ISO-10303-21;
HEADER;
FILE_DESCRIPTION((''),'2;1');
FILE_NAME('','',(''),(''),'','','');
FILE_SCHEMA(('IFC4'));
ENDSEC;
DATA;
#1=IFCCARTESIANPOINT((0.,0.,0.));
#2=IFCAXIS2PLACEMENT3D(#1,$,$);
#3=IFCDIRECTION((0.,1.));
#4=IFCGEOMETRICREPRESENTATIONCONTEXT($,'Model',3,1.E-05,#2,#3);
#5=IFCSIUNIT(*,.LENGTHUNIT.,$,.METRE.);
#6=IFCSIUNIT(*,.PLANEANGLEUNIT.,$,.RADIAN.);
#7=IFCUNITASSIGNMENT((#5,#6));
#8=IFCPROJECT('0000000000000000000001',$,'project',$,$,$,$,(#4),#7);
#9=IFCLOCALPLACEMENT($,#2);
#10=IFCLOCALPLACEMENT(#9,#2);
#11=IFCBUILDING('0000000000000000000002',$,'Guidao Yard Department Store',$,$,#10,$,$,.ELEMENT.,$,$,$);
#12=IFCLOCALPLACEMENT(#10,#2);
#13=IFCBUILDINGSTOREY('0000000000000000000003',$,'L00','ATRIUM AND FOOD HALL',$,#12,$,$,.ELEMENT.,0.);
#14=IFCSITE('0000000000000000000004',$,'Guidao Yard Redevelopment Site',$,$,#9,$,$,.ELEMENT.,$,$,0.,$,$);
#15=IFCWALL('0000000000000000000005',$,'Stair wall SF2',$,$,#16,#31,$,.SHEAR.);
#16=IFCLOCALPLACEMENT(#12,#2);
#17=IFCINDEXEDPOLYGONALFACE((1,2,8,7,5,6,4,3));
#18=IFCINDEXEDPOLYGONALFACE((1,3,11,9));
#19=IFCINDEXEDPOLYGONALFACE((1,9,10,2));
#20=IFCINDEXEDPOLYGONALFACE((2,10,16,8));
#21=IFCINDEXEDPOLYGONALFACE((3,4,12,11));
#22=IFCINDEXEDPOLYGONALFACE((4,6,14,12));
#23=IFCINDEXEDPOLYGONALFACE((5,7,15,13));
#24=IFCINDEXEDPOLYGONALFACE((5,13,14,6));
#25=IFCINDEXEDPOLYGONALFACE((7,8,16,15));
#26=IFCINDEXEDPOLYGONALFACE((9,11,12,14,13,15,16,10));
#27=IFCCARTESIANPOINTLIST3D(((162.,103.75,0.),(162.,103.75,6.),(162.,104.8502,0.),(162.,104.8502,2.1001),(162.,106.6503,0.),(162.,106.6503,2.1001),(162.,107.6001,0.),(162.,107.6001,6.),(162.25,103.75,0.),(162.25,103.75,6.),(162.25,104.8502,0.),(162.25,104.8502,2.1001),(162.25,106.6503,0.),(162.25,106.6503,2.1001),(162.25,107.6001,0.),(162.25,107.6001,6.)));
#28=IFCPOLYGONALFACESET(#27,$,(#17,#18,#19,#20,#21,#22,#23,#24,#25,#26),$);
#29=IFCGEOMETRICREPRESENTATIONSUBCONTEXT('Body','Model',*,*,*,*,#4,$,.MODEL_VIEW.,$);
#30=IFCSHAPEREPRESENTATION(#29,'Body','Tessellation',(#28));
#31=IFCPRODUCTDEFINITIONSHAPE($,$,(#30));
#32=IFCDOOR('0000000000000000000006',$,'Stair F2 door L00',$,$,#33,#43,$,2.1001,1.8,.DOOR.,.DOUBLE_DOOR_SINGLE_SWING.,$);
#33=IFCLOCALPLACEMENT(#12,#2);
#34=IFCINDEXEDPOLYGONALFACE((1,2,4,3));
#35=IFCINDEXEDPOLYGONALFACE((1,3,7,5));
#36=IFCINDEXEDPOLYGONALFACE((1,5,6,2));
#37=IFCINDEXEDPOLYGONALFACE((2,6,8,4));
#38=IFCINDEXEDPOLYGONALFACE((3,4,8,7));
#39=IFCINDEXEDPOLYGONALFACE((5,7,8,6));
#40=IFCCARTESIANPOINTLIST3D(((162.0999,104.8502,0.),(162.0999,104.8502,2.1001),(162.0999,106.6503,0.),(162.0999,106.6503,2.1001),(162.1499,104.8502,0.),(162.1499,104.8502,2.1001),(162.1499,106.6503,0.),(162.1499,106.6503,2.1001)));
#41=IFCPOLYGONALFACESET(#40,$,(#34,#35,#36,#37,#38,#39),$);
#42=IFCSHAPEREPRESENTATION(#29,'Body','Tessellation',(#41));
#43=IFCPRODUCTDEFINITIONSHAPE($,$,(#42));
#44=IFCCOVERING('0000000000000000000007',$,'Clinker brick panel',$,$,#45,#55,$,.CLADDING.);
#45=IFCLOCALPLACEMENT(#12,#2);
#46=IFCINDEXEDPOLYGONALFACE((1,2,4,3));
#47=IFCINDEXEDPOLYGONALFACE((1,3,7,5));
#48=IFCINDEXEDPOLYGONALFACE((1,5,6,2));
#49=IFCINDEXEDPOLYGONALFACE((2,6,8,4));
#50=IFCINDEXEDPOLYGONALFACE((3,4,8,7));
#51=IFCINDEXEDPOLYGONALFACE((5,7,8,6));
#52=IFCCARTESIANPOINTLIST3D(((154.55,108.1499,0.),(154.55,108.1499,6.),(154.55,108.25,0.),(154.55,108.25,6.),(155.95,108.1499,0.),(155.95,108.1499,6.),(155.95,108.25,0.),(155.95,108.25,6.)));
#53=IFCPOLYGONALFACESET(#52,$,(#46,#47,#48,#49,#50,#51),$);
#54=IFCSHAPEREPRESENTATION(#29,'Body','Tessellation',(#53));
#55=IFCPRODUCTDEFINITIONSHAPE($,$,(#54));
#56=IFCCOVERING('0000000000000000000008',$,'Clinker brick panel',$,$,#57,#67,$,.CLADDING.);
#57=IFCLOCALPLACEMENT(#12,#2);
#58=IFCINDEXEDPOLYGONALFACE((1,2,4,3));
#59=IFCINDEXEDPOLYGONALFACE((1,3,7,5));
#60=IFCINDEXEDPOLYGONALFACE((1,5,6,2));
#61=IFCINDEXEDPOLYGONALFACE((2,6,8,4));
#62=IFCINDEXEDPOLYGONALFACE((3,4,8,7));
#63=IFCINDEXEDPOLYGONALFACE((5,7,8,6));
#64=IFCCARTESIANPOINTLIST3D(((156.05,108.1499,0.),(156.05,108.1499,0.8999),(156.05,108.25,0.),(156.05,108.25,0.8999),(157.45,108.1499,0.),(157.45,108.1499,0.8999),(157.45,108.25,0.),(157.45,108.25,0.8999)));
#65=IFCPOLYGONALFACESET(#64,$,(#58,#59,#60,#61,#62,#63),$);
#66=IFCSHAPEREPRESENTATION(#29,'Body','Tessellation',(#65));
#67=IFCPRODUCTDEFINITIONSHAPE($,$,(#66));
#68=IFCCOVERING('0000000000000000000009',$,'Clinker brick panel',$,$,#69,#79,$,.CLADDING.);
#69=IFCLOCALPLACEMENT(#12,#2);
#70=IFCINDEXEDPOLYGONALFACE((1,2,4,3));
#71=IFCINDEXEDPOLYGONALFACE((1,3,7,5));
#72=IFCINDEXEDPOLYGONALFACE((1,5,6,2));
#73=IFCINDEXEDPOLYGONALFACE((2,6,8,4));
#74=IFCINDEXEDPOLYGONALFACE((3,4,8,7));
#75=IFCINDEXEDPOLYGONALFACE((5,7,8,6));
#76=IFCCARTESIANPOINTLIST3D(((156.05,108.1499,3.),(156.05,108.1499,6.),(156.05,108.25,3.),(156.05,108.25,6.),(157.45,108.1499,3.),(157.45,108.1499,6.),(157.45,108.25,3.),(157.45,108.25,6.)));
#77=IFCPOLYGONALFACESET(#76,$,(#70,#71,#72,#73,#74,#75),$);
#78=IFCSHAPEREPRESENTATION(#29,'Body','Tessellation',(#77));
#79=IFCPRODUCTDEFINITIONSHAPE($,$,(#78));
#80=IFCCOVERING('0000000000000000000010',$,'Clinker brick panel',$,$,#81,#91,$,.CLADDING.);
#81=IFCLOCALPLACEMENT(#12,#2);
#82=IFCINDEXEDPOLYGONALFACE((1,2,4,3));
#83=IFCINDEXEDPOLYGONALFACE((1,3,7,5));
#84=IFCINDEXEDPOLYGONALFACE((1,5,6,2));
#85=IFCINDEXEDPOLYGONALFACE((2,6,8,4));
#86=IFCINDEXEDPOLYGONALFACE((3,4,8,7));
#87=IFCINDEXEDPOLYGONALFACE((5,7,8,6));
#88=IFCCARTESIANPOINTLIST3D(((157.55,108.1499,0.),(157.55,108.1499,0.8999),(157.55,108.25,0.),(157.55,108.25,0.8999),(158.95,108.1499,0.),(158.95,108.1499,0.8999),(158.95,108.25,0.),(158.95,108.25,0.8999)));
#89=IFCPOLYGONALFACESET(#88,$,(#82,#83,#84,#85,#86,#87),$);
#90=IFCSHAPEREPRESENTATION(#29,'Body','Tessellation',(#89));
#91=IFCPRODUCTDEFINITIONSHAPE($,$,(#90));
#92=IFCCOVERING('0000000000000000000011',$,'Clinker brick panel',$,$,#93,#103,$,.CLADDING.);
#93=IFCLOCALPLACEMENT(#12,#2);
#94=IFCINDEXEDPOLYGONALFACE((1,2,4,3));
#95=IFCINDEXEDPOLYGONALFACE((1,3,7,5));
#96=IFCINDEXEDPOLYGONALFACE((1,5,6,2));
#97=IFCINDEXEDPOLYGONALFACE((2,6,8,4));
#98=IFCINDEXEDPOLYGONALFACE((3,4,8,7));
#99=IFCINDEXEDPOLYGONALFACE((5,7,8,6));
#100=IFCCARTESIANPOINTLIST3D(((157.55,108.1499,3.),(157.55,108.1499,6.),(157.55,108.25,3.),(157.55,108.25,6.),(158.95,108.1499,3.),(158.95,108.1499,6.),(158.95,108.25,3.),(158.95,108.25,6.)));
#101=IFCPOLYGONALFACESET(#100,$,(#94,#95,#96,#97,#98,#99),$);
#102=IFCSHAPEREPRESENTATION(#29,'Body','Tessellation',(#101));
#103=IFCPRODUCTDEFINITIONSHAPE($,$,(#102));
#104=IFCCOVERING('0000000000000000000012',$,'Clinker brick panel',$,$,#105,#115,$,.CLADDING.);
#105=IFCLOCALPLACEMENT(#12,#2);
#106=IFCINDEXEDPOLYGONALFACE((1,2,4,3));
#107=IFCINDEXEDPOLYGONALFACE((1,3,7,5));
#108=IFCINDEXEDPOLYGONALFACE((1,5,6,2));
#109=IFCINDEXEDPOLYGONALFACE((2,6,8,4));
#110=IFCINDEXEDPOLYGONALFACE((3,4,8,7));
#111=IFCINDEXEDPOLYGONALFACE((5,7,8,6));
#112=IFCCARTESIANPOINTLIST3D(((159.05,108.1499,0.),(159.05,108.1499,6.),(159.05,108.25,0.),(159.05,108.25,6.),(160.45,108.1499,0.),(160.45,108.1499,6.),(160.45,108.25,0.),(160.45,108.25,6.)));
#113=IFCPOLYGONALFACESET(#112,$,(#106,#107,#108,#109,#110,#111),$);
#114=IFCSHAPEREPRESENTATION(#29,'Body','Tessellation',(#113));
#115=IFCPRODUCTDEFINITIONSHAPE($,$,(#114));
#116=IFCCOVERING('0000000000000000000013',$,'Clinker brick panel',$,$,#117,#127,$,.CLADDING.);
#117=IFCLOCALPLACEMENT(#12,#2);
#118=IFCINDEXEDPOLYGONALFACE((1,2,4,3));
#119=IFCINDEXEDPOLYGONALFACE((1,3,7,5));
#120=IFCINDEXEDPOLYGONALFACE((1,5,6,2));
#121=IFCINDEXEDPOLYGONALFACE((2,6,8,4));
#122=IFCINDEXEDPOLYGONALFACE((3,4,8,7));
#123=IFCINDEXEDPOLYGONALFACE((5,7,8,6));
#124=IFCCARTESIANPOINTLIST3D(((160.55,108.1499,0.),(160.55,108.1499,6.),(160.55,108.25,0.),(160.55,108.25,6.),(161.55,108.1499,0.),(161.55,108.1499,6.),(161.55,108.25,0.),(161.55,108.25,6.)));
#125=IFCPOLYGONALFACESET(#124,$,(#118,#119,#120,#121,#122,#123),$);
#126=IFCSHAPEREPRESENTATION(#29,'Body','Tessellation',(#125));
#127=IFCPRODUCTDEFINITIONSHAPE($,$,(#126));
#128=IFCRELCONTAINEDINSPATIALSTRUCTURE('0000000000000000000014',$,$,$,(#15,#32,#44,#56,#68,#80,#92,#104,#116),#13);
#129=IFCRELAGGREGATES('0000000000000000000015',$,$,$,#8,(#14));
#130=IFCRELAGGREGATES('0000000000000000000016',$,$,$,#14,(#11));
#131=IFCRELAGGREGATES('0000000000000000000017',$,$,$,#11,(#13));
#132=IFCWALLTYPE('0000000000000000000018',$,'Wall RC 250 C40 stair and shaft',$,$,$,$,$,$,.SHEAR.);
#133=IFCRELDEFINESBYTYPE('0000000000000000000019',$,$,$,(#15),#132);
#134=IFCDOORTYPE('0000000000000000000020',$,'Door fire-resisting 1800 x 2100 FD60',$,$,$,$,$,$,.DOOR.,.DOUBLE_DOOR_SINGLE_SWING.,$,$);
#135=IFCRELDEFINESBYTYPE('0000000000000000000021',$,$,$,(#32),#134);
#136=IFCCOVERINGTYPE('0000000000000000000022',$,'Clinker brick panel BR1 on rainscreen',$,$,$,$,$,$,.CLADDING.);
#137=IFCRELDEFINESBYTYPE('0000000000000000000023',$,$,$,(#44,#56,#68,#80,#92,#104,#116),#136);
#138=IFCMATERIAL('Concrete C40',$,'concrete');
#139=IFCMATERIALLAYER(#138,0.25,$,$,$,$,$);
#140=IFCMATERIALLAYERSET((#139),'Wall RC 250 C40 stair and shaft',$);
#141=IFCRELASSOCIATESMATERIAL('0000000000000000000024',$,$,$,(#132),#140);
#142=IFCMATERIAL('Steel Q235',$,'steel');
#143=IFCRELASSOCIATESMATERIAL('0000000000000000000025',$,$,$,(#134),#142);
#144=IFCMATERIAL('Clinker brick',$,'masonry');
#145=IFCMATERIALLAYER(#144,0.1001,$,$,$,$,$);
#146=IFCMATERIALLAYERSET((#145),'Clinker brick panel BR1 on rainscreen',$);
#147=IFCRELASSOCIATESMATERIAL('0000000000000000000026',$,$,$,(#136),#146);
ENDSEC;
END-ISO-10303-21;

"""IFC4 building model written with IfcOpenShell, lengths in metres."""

from ifc_helpers import new_model, si_unit, direction, frame, frame_2d, origin, origin_2d, place, context, subcontext, project, spatial, rectangle, extrude, material, layer, layer_set, type_object, element, fill, save


model = new_model("IFC4")

# Units and contexts
model_context = context("Model", 3, precision=1e-05, world=origin(), true_north=direction((0.0, 1.0)))
body_context = subcontext(model_context, "Body", "Model", "MODEL_VIEW")
ifc_project = project(units=[si_unit("LENGTHUNIT", "METRE"), si_unit("PLANEANGLEUNIT", "RADIAN")], contexts=[model_context])

# Site, building, storey
site_placement = place(None, origin())
site = spatial("IfcSite", under=ifc_project, at=site_placement, Name="Guidao Yard Redevelopment Site", CompositionType="ELEMENT", RefElevation=0.0)
building_placement = place(site_placement, origin())
building = spatial("IfcBuilding", under=site, at=building_placement, Name="Guidao Yard Department Store", CompositionType="ELEMENT")
storey_placement = place(building_placement, origin())
storey = spatial("IfcBuildingStorey", under=building, at=storey_placement, Name="L00", Description="ATRIUM AND FOOD HALL", CompositionType="ELEMENT", Elevation=0.0)

# Shared definitions
ifc_material_1 = material(Name="Concrete C40", Category="concrete")
ifc_layer_1 = layer(ifc_material_1, 0.25)
ifc_layer_set_1 = layer_set([ifc_layer_1], Name="Wall RC 250 C40 stair and shaft")
wall_type_1 = type_object("IfcWallType", Name="Wall RC 250 C40 stair and shaft", PredefinedType="SHEAR", material=ifc_layer_set_1)

# Wall, opening, door
ifc_material_2 = material(Name="Steel Q235", Category="steel")
door_type_1 = type_object("IfcDoorType", Name="Door fire-resisting 1800 x 2100 FD60", OperationType="DOUBLE_DOOR_SINGLE_SWING", PredefinedType="DOOR", material=ifc_material_2)
wall_1_placement = place(storey_placement, frame((162.125, 103.75, 0.0), z_axis=(0.0, 0.0, 1.0), x_axis=(0.0, 1.0, 0.0)))
wall_1 = element("IfcWall", 1, at=wall_1_placement, inside=storey, type_object=wall_type_1, Name="Stair wall SF2", PredefinedType="SHEAR", context=body_context, shape_type="SweptSolid", body=[
    extrude(rectangle(XDim=3.8501, YDim=0.25, at=frame_2d((1.925, 0.0))), origin(), (0.0, 0.0, 1.0), 6.0),
])
opening_1_placement = place(wall_1_placement, frame((2.9001, 0.0, 0.0), z_axis=(0.0, 0.0, 1.0), x_axis=(-1.0, 0.0, 0.0)))
opening_1 = element("IfcOpeningElement", 2, at=opening_1_placement, cuts=wall_1, PredefinedType="OPENING", context=body_context, shape_type="SweptSolid", body=[
    extrude(rectangle(XDim=1.8, YDim=2.1001, at=frame_2d((0.8999, 1.05))), frame((0.0, 0.135, 0.0), z_axis=(0.0, -1.0, 0.0), x_axis=(1.0, 0.0, 0.0)), (0.0, 0.0, 1.0), 0.27),
])
door_1_placement = place(opening_1_placement, origin())
door_1 = element("IfcDoor", 3, at=door_1_placement, inside=storey, type_object=door_type_1, Name="Stair F2 door L00", OperationType="DOUBLE_DOOR_SINGLE_SWING", OverallHeight=2.1001, OverallWidth=1.8, PredefinedType="DOOR", context=body_context, shape_type="SweptSolid", body=[
    extrude(rectangle(XDim=1.8, YDim=2.1001, at=frame_2d((0.8999, 1.05))), frame((0.0, 0.0249, 0.0), z_axis=(0.0, -1.0, 0.0), x_axis=(1.0, 0.0, 0.0)), (0.0, 0.0, 1.0), 0.05),
])
fill(opening_1, door_1)

# Coverings
ifc_material_3 = material(Name="Clinker brick", Category="masonry")
ifc_layer_2 = layer(ifc_material_3, 0.1001)
ifc_layer_set_2 = layer_set([ifc_layer_2], Name="Clinker brick panel BR1 on rainscreen")
covering_type = type_object("IfcCoveringType", Name="Clinker brick panel BR1 on rainscreen", PredefinedType="CLADDING", material=ifc_layer_set_2)
covering_1_placement = place(storey_placement, frame((155.25, 108.2, 0.0), z_axis=(0.0, 0.0, 1.0), x_axis=(1.0, 0.0, 0.0)))
element("IfcCovering", 4, at=covering_1_placement, inside=storey, type_object=covering_type, Name="Clinker brick panel", PredefinedType="CLADDING", context=body_context, shape_type="SweptSolid", body=[
    extrude(rectangle(XDim=1.3999, YDim=0.1001, at=origin_2d()), origin(), (0.0, 0.0, 1.0), 6.0),
])
covering_2_placement = place(storey_placement, frame((156.75, 108.2, 0.0), z_axis=(0.0, 0.0, 1.0), x_axis=(1.0, 0.0, 0.0)))
element("IfcCovering", 5, at=covering_2_placement, inside=storey, type_object=covering_type, Name="Clinker brick panel", PredefinedType="CLADDING", context=body_context, shape_type="SweptSolid", body=[
    extrude(rectangle(XDim=1.3999, YDim=0.1001, at=origin_2d()), origin(), (0.0, 0.0, 1.0), 0.8999),
])
covering_3_placement = place(storey_placement, frame((156.75, 108.2, 3.0), z_axis=(0.0, 0.0, 1.0), x_axis=(1.0, 0.0, 0.0)))
element("IfcCovering", 6, at=covering_3_placement, inside=storey, type_object=covering_type, Name="Clinker brick panel", PredefinedType="CLADDING", context=body_context, shape_type="SweptSolid", body=[
    extrude(rectangle(XDim=1.3999, YDim=0.1001, at=origin_2d()), origin(), (0.0, 0.0, 1.0), 3.0),
])
covering_4_placement = place(storey_placement, frame((158.25, 108.2, 0.0), z_axis=(0.0, 0.0, 1.0), x_axis=(1.0, 0.0, 0.0)))
element("IfcCovering", 7, at=covering_4_placement, inside=storey, type_object=covering_type, Name="Clinker brick panel", PredefinedType="CLADDING", context=body_context, shape_type="SweptSolid", body=[
    extrude(rectangle(XDim=1.3999, YDim=0.1001, at=origin_2d()), origin(), (0.0, 0.0, 1.0), 0.8999),
])
covering_5_placement = place(storey_placement, frame((158.25, 108.2, 3.0), z_axis=(0.0, 0.0, 1.0), x_axis=(1.0, 0.0, 0.0)))
element("IfcCovering", 8, at=covering_5_placement, inside=storey, type_object=covering_type, Name="Clinker brick panel", PredefinedType="CLADDING", context=body_context, shape_type="SweptSolid", body=[
    extrude(rectangle(XDim=1.3999, YDim=0.1001, at=origin_2d()), origin(), (0.0, 0.0, 1.0), 3.0),
])
covering_6_placement = place(storey_placement, frame((159.75, 108.2, 0.0), z_axis=(0.0, 0.0, 1.0), x_axis=(1.0, 0.0, 0.0)))
element("IfcCovering", 9, at=covering_6_placement, inside=storey, type_object=covering_type, Name="Clinker brick panel", PredefinedType="CLADDING", context=body_context, shape_type="SweptSolid", body=[
    extrude(rectangle(XDim=1.3999, YDim=0.1001, at=origin_2d()), origin(), (0.0, 0.0, 1.0), 6.0),
])
covering_7_placement = place(storey_placement, frame((161.05, 108.2, 0.0), z_axis=(0.0, 0.0, 1.0), x_axis=(1.0, 0.0, 0.0)))
element("IfcCovering", 10, at=covering_7_placement, inside=storey, type_object=covering_type, Name="Clinker brick panel", PredefinedType="CLADDING", context=body_context, shape_type="SweptSolid", body=[
    extrude(rectangle(XDim=1.0, YDim=0.1001, at=origin_2d()), origin(), (0.0, 0.0, 1.0), 6.0),
])

save(model, "model.ifc")
